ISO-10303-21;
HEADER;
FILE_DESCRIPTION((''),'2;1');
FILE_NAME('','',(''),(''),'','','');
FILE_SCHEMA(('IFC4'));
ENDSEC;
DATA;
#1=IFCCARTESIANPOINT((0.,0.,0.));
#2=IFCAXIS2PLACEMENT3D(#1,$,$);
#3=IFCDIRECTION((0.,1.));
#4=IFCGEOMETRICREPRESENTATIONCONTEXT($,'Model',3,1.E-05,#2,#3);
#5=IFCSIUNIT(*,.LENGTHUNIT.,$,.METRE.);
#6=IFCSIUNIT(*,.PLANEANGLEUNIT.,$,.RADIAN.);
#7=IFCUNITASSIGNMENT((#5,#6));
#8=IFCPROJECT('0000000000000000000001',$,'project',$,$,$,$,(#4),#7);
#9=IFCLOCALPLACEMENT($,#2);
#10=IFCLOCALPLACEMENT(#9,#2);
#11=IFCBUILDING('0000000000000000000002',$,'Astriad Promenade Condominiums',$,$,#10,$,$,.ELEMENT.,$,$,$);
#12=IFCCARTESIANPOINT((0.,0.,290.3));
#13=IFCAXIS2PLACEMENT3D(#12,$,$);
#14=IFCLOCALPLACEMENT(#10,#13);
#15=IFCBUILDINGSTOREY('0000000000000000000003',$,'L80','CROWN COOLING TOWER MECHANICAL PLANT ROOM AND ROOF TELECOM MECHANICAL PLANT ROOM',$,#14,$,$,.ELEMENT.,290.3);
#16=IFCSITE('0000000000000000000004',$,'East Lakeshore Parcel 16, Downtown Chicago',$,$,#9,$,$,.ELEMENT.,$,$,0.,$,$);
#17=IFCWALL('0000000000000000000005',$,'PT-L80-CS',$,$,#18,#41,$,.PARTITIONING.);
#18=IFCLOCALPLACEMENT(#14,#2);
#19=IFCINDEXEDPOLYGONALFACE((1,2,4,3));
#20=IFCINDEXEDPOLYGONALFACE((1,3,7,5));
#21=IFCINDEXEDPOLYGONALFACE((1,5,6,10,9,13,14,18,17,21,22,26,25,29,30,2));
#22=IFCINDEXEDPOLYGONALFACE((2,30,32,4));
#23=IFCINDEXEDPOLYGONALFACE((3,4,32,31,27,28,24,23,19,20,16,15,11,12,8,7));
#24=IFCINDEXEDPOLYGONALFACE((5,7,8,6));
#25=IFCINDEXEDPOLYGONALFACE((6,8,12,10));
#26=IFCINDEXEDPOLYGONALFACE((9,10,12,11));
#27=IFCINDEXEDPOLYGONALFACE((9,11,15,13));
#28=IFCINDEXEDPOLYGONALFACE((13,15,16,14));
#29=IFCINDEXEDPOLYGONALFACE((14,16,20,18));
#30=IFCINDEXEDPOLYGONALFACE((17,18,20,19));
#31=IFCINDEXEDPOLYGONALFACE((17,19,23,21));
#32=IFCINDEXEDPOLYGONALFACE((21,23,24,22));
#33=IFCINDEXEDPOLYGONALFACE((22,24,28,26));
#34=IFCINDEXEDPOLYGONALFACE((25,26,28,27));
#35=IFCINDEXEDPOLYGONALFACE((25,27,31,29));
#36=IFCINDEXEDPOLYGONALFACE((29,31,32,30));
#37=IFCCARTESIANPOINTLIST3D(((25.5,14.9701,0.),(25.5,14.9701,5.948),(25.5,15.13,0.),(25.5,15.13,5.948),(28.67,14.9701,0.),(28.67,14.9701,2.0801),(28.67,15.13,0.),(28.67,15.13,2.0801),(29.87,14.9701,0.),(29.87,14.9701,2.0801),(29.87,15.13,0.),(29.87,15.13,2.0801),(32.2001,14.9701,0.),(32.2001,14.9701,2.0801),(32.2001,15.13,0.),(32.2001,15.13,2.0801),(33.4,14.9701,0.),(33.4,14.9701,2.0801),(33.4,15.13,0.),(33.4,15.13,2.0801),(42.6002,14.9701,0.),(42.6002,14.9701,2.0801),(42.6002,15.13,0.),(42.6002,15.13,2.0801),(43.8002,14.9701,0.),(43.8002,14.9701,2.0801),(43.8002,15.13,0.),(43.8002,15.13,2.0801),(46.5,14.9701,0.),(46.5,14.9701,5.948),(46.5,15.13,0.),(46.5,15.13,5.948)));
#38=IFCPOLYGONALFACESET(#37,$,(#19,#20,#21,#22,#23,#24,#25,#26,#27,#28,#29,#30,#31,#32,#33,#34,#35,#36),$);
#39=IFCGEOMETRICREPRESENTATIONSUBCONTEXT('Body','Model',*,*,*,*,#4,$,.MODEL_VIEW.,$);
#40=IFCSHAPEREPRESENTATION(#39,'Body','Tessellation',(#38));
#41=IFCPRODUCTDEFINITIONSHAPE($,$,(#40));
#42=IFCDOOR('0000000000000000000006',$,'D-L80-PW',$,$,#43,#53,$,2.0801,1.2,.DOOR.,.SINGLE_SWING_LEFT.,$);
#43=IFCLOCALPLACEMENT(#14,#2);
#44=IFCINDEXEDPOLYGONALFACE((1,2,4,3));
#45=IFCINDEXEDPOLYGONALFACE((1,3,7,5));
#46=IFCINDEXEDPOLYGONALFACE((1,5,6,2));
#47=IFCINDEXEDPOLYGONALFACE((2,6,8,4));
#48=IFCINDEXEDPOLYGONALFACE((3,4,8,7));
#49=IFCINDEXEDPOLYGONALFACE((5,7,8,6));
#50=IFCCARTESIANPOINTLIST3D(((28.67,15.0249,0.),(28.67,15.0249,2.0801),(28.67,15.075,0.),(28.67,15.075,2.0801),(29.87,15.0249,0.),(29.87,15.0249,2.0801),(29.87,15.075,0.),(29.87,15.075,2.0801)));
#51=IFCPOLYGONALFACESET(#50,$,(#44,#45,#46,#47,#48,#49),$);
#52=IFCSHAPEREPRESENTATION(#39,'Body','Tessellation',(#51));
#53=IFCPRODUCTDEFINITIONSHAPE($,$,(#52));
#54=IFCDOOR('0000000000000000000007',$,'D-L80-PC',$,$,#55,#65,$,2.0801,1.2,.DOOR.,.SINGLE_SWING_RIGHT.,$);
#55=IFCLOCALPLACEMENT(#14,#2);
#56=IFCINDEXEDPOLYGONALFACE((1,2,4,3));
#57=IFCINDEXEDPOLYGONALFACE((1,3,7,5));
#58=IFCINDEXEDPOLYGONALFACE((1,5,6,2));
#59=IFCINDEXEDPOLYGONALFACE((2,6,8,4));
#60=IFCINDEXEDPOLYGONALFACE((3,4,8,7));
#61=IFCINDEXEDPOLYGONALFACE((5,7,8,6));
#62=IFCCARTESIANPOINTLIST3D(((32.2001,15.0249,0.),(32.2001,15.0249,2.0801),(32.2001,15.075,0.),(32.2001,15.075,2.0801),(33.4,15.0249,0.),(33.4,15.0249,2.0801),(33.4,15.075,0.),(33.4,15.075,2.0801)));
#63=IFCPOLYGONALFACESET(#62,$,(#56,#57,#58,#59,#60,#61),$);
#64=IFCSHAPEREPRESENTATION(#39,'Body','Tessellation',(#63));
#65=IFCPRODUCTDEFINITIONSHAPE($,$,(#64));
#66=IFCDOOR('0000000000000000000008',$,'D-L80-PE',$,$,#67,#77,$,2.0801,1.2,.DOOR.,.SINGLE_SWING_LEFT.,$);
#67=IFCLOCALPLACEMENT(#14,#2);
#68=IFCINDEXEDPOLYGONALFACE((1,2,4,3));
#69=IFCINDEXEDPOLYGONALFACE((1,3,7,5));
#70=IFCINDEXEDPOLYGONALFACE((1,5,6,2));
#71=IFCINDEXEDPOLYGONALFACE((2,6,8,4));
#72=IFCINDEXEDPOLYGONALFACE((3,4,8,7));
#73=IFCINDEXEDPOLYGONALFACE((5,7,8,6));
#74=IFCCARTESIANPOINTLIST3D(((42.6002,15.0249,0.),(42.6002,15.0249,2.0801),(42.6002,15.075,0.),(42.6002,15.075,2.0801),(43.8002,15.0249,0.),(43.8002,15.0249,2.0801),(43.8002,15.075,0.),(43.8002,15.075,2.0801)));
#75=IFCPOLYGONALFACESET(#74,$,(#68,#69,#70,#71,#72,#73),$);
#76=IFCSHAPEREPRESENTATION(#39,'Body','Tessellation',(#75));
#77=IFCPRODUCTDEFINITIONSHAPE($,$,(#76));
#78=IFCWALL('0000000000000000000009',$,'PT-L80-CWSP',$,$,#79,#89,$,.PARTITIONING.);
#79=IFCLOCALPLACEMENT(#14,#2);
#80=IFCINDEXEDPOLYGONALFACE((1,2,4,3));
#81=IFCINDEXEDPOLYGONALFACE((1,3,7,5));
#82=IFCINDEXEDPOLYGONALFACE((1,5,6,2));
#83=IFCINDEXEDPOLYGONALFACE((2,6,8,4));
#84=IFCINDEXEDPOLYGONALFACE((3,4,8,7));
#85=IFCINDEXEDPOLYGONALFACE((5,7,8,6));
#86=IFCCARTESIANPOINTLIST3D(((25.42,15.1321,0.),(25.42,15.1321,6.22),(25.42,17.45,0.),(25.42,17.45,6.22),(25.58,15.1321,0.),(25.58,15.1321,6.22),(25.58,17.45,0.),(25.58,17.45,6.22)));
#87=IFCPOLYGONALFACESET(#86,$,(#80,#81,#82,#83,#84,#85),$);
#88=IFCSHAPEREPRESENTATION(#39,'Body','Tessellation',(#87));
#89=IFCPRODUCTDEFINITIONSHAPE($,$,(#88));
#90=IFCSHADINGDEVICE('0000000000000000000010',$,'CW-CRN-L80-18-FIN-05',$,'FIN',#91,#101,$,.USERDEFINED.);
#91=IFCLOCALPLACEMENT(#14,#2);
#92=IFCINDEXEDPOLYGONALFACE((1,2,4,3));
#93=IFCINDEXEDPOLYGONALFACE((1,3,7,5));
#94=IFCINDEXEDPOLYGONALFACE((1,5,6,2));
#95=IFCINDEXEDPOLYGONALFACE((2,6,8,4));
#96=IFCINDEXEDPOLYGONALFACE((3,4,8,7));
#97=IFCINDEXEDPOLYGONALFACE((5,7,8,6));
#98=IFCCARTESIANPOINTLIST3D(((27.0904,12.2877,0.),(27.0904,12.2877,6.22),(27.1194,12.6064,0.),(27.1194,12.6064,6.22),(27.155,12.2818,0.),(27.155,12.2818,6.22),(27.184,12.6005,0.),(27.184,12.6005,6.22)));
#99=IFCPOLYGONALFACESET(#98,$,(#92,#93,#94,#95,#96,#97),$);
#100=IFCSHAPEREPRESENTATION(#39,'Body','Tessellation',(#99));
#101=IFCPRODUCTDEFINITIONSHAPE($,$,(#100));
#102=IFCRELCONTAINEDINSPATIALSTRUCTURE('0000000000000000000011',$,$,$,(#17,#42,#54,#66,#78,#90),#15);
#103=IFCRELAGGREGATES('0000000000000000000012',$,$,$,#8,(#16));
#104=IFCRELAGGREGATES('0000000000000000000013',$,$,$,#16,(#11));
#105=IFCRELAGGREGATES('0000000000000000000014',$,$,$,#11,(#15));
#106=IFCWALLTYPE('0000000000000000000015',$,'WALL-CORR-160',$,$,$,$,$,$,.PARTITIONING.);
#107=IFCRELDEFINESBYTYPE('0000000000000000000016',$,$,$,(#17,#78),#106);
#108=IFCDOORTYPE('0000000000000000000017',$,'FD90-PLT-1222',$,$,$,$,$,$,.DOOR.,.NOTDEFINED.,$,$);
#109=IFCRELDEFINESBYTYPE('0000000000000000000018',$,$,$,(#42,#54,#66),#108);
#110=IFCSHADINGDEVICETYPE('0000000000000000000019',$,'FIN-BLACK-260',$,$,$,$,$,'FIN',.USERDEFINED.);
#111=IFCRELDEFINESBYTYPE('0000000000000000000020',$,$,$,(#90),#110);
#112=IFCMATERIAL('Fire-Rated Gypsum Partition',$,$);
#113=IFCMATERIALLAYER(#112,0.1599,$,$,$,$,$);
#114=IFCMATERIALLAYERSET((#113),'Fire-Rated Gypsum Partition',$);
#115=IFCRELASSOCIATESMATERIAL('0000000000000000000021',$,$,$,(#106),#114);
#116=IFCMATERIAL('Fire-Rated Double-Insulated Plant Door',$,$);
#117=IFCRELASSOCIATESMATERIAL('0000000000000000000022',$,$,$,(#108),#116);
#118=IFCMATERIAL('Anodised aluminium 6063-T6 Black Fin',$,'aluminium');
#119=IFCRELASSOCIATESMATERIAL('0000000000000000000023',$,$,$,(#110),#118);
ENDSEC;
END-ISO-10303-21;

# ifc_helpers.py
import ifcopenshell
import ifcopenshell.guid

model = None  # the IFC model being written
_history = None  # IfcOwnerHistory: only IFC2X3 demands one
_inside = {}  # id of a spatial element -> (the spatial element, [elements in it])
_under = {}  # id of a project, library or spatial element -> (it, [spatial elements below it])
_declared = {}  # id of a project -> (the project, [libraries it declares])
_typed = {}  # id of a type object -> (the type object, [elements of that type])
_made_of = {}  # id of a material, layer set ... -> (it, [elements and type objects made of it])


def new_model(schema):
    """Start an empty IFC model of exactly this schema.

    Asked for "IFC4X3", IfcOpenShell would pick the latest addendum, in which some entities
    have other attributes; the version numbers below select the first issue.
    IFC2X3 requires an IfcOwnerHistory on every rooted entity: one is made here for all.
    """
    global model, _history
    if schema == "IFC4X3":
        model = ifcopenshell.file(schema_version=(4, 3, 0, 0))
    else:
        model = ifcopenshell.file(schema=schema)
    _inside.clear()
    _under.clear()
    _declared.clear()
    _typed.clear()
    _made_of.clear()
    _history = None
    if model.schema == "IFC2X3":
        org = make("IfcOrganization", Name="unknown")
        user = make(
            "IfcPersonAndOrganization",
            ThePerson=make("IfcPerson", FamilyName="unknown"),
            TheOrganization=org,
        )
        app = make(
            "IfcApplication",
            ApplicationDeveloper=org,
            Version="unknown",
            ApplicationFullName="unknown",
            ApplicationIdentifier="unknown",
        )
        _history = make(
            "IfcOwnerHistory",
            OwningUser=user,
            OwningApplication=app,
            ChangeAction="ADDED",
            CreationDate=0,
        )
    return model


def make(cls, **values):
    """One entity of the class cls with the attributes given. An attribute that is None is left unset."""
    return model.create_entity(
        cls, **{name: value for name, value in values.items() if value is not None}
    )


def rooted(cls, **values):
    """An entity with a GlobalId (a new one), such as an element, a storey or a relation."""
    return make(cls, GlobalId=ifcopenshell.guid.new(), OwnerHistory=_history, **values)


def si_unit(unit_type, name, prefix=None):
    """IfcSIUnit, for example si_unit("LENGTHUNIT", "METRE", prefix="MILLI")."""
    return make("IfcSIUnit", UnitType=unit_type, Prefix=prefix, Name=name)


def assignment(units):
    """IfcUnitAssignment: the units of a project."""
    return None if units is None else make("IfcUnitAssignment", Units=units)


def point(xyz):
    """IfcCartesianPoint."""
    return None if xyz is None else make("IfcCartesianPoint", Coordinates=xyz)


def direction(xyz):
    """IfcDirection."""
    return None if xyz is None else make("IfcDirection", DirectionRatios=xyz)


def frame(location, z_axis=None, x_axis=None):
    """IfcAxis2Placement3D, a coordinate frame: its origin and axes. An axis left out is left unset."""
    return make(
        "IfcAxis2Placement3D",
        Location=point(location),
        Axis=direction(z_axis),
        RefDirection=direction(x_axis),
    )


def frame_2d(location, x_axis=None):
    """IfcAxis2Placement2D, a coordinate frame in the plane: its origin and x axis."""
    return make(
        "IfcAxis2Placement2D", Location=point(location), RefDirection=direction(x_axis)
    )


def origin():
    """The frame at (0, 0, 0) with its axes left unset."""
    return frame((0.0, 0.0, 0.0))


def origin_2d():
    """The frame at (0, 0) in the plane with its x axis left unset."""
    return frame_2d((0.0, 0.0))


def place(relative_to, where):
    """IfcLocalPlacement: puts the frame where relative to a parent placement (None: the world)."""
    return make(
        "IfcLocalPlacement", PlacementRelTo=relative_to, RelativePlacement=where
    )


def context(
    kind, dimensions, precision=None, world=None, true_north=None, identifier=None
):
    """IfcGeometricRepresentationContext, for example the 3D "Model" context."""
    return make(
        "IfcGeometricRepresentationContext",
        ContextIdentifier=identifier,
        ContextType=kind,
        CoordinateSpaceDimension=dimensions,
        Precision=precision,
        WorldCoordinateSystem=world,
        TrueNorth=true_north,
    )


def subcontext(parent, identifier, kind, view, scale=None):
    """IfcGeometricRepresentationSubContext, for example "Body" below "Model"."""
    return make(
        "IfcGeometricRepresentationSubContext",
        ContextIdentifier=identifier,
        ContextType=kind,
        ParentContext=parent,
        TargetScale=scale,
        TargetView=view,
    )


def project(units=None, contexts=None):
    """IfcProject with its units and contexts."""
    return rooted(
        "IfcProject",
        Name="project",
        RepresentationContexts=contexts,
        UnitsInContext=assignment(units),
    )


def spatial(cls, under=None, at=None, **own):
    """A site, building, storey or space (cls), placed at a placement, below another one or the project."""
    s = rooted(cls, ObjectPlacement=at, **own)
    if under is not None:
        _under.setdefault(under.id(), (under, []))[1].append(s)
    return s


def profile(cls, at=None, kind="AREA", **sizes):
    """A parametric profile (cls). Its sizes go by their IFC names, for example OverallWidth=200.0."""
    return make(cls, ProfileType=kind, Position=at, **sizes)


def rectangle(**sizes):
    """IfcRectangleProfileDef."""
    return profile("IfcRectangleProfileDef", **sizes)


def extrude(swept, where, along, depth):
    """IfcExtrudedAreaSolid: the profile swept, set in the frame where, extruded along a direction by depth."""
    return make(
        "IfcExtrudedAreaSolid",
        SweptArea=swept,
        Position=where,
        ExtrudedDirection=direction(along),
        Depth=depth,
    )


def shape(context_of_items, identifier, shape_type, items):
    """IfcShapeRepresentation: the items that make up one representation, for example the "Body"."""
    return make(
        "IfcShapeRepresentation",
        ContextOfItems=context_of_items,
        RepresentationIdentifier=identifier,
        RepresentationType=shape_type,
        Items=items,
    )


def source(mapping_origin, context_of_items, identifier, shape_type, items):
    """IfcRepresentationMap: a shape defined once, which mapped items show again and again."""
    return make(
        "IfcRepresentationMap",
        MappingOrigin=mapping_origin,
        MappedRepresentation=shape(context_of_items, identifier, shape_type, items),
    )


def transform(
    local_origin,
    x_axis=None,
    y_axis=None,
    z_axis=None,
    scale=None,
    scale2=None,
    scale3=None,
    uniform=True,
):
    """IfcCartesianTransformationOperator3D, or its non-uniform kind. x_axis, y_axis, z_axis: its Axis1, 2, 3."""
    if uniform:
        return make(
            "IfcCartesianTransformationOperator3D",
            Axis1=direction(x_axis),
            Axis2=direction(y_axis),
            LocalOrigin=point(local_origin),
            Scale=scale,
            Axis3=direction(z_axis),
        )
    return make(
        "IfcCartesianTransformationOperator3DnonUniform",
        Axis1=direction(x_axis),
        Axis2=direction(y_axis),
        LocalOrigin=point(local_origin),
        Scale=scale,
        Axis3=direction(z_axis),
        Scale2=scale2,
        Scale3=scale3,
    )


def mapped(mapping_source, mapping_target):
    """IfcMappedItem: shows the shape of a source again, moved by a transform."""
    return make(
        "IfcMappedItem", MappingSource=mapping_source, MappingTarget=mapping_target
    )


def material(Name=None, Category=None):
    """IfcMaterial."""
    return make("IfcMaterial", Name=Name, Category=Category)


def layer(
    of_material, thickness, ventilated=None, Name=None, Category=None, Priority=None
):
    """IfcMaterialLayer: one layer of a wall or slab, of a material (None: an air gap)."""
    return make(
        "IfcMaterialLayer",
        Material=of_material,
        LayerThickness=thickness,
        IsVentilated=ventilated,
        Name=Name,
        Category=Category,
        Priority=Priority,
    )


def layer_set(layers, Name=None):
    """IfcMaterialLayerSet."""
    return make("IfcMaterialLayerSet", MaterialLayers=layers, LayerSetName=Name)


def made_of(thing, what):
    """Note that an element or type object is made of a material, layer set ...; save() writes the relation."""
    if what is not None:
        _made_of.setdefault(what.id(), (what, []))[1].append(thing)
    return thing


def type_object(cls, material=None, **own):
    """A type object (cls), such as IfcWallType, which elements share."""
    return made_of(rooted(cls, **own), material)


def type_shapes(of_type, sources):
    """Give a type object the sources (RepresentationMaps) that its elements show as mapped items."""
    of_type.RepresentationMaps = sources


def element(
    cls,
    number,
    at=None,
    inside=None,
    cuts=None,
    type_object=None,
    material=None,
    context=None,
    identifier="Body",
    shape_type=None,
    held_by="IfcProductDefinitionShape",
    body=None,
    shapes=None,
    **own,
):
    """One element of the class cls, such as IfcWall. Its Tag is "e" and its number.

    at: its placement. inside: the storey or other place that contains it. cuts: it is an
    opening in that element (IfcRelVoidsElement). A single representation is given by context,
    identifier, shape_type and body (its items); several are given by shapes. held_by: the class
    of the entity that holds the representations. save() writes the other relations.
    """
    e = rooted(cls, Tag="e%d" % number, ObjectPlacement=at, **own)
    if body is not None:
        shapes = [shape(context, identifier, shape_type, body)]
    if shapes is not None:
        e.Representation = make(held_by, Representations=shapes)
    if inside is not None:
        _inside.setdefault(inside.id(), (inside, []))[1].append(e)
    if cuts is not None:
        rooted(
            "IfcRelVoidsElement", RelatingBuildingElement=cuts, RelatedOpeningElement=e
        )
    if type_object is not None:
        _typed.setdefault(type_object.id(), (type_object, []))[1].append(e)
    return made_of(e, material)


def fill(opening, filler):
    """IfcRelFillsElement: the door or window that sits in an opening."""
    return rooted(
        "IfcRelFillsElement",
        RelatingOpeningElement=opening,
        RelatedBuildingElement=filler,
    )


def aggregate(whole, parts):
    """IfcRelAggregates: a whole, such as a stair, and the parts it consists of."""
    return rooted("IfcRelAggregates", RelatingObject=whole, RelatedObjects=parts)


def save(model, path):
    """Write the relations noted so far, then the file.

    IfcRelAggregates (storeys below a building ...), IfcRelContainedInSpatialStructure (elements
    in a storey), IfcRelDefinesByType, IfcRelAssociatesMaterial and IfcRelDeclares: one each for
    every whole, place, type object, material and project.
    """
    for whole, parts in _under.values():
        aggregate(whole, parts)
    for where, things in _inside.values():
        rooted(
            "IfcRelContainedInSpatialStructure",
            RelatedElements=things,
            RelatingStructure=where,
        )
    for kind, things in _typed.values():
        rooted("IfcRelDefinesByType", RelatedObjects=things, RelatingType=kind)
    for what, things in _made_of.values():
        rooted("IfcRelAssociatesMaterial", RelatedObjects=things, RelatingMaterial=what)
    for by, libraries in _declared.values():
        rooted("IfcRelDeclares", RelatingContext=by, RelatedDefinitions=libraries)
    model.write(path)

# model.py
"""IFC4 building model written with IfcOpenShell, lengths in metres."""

from ifc_helpers import new_model, si_unit, direction, frame, frame_2d, origin, origin_2d, place, context, subcontext, project, spatial, rectangle, extrude, source, transform, mapped, material, layer, layer_set, type_object, type_shapes, element, fill, save


model = new_model("IFC4")

# Units and contexts
model_context = context("Model", 3, precision=1e-05, world=origin(), true_north=direction((0.0, 1.0)))
body_context = subcontext(model_context, "Body", "Model", "MODEL_VIEW")
ifc_project = project(units=[si_unit("LENGTHUNIT", "METRE"), si_unit("PLANEANGLEUNIT", "RADIAN")], contexts=[model_context])

# Site, building, storey
site_placement = place(None, origin())
site = spatial("IfcSite", under=ifc_project, at=site_placement, Name="East Lakeshore Parcel 16, Downtown Chicago", CompositionType="ELEMENT", RefElevation=0.0)
building_placement = place(site_placement, origin())
building = spatial("IfcBuilding", under=site, at=building_placement, Name="Astriad Promenade Condominiums", CompositionType="ELEMENT")
storey_placement = place(building_placement, frame((0.0, 0.0, 290.3)))
storey = spatial("IfcBuildingStorey", under=building, at=storey_placement, Name="L80", Description="CROWN COOLING TOWER MECHANICAL PLANT ROOM AND ROOF TELECOM MECHANICAL PLANT ROOM", CompositionType="ELEMENT", Elevation=290.3)

# Wall, openings, doors
ifc_material_1 = material(Name="Fire-Rated Gypsum Partition")
ifc_layer_1 = layer(ifc_material_1, 0.1599)
ifc_layer_set_1 = layer_set([ifc_layer_1], Name="Fire-Rated Gypsum Partition")
wall_type_1 = type_object("IfcWallType", Name="WALL-CORR-160", PredefinedType="PARTITIONING", material=ifc_layer_set_1)
wall_1_placement = place(storey_placement, frame((25.5, 15.05, 0.0), z_axis=(0.0, 0.0, 1.0), x_axis=(1.0, 0.0, 0.0)))
wall_1 = element("IfcWall", 1, at=wall_1_placement, inside=storey, type_object=wall_type_1, Name="PT-L80-CS", PredefinedType="PARTITIONING", context=body_context, shape_type="SweptSolid", body=[
    extrude(rectangle(XDim=21.0, YDim=0.1599, at=frame_2d((10.5, 0.0))), origin(), (0.0, 0.0, 1.0), 5.948),
])
opening_1_placement = place(wall_1_placement, frame((3.1699, 0.0, 0.0)))
opening_1 = element("IfcOpeningElement", 2, at=opening_1_placement, cuts=wall_1, PredefinedType="OPENING", context=body_context, shape_type="SweptSolid", body=[
    extrude(rectangle(XDim=1.2, YDim=2.0801, at=frame_2d((0.6001, 1.04))), frame((0.0, 0.0898, 0.0), z_axis=(0.0, -1.0, 0.0), x_axis=(1.0, 0.0, 0.0)), (0.0, 0.0, 1.0), 0.1799),
])
opening_2_placement = place(wall_1_placement, frame((6.7, 0.0, 0.0)))
opening_2 = element("IfcOpeningElement", 3, at=opening_2_placement, cuts=wall_1, PredefinedType="OPENING", context=body_context, shape_type="SweptSolid", body=[
    extrude(rectangle(XDim=1.2, YDim=2.0801, at=frame_2d((0.6001, 1.04))), frame((0.0, 0.0898, 0.0), z_axis=(0.0, -1.0, 0.0), x_axis=(1.0, 0.0, 0.0)), (0.0, 0.0, 1.0), 0.1799),
])
opening_3_placement = place(wall_1_placement, frame((17.1001, 0.0, 0.0)))
opening_3 = element("IfcOpeningElement", 4, at=opening_3_placement, cuts=wall_1, PredefinedType="OPENING", context=body_context, shape_type="SweptSolid", body=[
    extrude(rectangle(XDim=1.2, YDim=2.0801, at=frame_2d((0.6001, 1.04))), frame((0.0, 0.0898, 0.0), z_axis=(0.0, -1.0, 0.0), x_axis=(1.0, 0.0, 0.0)), (0.0, 0.0, 1.0), 0.1799),
])
ifc_material_2 = material(Name="Fire-Rated Double-Insulated Plant Door")
door_type_1 = type_object("IfcDoorType", Name="FD90-PLT-1222", OperationType="NOTDEFINED", PredefinedType="DOOR", material=ifc_material_2)
shared_shape_1 = source(origin(), body_context, "Body", "SweptSolid", [
    extrude(rectangle(XDim=1.2, YDim=2.0801, at=frame_2d((0.6001, 1.04))), frame((0.0, 0.0249, 0.0), z_axis=(0.0, -1.0, 0.0), x_axis=(1.0, 0.0, 0.0)), (0.0, 0.0, 1.0), 0.05),
])
type_shapes(door_type_1, [shared_shape_1])
door_1_placement = place(opening_1_placement, origin())
door_1 = element("IfcDoor", 5, at=door_1_placement, inside=storey, type_object=door_type_1, Name="D-L80-PW", OperationType="SINGLE_SWING_LEFT", OverallHeight=2.0801, OverallWidth=1.2, PredefinedType="DOOR", context=body_context, shape_type="MappedRepresentation", body=[
    mapped(shared_shape_1, transform((0.0, 0.0, 0.0), scale=1.0)),
])
fill(opening_1, door_1)
door_2_placement = place(opening_2_placement, origin())
door_2 = element("IfcDoor", 6, at=door_2_placement, inside=storey, type_object=door_type_1, Name="D-L80-PC", OperationType="SINGLE_SWING_RIGHT", OverallHeight=2.0801, OverallWidth=1.2, PredefinedType="DOOR", context=body_context, shape_type="MappedRepresentation", body=[
    mapped(shared_shape_1, transform((0.0, 0.0, 0.0), scale=1.0)),
])
fill(opening_2, door_2)
door_3_placement = place(opening_3_placement, origin())
door_3 = element("IfcDoor", 7, at=door_3_placement, inside=storey, type_object=door_type_1, Name="D-L80-PE", OperationType="SINGLE_SWING_LEFT", OverallHeight=2.0801, OverallWidth=1.2, PredefinedType="DOOR", context=body_context, shape_type="MappedRepresentation", body=[
    mapped(shared_shape_1, transform((0.0, 0.0, 0.0), scale=1.0)),
])
fill(opening_3, door_3)

# Wall
wall_2_placement = place(storey_placement, frame((25.5, 15.1321, 0.0), z_axis=(0.0, 0.0, 1.0), x_axis=(0.0, 1.0, 0.0)))
element("IfcWall", 8, at=wall_2_placement, inside=storey, type_object=wall_type_1, Name="PT-L80-CWSP", PredefinedType="PARTITIONING", context=body_context, shape_type="SweptSolid", body=[
    extrude(rectangle(XDim=2.3179, YDim=0.1599, at=frame_2d((1.1589, 0.0))), origin(), (0.0, 0.0, 1.0), 6.22),
])

# Shading device
ifc_material_3 = material(Name="Anodised aluminium 6063-T6 Black Fin", Category="aluminium")
shading_device_type = type_object("IfcShadingDeviceType", Name="FIN-BLACK-260", ElementType="FIN", PredefinedType="USERDEFINED", material=ifc_material_3)
shared_shape_2 = source(origin(), body_context, "Body", "SweptSolid", [
    extrude(rectangle(XDim=0.0649, YDim=0.3201, at=origin_2d()), origin(), (0.0, 0.0, 1.0), 6.22),
])
type_shapes(shading_device_type, [shared_shape_2])
shading_device_placement = place(storey_placement, frame((27.1372, 12.4441, 0.0), z_axis=(0.0, 0.0, 1.0), x_axis=(-0.995884, 0.090633, 0.0)))
element("IfcShadingDevice", 9, at=shading_device_placement, inside=storey, type_object=shading_device_type, Name="CW-CRN-L80-18-FIN-05", ObjectType="FIN", PredefinedType="USERDEFINED", context=body_context, shape_type="MappedRepresentation", body=[
    mapped(shared_shape_2, transform((0.0, 0.0, 0.0), scale=1.0)),
])

save(model, "model.ifc")
